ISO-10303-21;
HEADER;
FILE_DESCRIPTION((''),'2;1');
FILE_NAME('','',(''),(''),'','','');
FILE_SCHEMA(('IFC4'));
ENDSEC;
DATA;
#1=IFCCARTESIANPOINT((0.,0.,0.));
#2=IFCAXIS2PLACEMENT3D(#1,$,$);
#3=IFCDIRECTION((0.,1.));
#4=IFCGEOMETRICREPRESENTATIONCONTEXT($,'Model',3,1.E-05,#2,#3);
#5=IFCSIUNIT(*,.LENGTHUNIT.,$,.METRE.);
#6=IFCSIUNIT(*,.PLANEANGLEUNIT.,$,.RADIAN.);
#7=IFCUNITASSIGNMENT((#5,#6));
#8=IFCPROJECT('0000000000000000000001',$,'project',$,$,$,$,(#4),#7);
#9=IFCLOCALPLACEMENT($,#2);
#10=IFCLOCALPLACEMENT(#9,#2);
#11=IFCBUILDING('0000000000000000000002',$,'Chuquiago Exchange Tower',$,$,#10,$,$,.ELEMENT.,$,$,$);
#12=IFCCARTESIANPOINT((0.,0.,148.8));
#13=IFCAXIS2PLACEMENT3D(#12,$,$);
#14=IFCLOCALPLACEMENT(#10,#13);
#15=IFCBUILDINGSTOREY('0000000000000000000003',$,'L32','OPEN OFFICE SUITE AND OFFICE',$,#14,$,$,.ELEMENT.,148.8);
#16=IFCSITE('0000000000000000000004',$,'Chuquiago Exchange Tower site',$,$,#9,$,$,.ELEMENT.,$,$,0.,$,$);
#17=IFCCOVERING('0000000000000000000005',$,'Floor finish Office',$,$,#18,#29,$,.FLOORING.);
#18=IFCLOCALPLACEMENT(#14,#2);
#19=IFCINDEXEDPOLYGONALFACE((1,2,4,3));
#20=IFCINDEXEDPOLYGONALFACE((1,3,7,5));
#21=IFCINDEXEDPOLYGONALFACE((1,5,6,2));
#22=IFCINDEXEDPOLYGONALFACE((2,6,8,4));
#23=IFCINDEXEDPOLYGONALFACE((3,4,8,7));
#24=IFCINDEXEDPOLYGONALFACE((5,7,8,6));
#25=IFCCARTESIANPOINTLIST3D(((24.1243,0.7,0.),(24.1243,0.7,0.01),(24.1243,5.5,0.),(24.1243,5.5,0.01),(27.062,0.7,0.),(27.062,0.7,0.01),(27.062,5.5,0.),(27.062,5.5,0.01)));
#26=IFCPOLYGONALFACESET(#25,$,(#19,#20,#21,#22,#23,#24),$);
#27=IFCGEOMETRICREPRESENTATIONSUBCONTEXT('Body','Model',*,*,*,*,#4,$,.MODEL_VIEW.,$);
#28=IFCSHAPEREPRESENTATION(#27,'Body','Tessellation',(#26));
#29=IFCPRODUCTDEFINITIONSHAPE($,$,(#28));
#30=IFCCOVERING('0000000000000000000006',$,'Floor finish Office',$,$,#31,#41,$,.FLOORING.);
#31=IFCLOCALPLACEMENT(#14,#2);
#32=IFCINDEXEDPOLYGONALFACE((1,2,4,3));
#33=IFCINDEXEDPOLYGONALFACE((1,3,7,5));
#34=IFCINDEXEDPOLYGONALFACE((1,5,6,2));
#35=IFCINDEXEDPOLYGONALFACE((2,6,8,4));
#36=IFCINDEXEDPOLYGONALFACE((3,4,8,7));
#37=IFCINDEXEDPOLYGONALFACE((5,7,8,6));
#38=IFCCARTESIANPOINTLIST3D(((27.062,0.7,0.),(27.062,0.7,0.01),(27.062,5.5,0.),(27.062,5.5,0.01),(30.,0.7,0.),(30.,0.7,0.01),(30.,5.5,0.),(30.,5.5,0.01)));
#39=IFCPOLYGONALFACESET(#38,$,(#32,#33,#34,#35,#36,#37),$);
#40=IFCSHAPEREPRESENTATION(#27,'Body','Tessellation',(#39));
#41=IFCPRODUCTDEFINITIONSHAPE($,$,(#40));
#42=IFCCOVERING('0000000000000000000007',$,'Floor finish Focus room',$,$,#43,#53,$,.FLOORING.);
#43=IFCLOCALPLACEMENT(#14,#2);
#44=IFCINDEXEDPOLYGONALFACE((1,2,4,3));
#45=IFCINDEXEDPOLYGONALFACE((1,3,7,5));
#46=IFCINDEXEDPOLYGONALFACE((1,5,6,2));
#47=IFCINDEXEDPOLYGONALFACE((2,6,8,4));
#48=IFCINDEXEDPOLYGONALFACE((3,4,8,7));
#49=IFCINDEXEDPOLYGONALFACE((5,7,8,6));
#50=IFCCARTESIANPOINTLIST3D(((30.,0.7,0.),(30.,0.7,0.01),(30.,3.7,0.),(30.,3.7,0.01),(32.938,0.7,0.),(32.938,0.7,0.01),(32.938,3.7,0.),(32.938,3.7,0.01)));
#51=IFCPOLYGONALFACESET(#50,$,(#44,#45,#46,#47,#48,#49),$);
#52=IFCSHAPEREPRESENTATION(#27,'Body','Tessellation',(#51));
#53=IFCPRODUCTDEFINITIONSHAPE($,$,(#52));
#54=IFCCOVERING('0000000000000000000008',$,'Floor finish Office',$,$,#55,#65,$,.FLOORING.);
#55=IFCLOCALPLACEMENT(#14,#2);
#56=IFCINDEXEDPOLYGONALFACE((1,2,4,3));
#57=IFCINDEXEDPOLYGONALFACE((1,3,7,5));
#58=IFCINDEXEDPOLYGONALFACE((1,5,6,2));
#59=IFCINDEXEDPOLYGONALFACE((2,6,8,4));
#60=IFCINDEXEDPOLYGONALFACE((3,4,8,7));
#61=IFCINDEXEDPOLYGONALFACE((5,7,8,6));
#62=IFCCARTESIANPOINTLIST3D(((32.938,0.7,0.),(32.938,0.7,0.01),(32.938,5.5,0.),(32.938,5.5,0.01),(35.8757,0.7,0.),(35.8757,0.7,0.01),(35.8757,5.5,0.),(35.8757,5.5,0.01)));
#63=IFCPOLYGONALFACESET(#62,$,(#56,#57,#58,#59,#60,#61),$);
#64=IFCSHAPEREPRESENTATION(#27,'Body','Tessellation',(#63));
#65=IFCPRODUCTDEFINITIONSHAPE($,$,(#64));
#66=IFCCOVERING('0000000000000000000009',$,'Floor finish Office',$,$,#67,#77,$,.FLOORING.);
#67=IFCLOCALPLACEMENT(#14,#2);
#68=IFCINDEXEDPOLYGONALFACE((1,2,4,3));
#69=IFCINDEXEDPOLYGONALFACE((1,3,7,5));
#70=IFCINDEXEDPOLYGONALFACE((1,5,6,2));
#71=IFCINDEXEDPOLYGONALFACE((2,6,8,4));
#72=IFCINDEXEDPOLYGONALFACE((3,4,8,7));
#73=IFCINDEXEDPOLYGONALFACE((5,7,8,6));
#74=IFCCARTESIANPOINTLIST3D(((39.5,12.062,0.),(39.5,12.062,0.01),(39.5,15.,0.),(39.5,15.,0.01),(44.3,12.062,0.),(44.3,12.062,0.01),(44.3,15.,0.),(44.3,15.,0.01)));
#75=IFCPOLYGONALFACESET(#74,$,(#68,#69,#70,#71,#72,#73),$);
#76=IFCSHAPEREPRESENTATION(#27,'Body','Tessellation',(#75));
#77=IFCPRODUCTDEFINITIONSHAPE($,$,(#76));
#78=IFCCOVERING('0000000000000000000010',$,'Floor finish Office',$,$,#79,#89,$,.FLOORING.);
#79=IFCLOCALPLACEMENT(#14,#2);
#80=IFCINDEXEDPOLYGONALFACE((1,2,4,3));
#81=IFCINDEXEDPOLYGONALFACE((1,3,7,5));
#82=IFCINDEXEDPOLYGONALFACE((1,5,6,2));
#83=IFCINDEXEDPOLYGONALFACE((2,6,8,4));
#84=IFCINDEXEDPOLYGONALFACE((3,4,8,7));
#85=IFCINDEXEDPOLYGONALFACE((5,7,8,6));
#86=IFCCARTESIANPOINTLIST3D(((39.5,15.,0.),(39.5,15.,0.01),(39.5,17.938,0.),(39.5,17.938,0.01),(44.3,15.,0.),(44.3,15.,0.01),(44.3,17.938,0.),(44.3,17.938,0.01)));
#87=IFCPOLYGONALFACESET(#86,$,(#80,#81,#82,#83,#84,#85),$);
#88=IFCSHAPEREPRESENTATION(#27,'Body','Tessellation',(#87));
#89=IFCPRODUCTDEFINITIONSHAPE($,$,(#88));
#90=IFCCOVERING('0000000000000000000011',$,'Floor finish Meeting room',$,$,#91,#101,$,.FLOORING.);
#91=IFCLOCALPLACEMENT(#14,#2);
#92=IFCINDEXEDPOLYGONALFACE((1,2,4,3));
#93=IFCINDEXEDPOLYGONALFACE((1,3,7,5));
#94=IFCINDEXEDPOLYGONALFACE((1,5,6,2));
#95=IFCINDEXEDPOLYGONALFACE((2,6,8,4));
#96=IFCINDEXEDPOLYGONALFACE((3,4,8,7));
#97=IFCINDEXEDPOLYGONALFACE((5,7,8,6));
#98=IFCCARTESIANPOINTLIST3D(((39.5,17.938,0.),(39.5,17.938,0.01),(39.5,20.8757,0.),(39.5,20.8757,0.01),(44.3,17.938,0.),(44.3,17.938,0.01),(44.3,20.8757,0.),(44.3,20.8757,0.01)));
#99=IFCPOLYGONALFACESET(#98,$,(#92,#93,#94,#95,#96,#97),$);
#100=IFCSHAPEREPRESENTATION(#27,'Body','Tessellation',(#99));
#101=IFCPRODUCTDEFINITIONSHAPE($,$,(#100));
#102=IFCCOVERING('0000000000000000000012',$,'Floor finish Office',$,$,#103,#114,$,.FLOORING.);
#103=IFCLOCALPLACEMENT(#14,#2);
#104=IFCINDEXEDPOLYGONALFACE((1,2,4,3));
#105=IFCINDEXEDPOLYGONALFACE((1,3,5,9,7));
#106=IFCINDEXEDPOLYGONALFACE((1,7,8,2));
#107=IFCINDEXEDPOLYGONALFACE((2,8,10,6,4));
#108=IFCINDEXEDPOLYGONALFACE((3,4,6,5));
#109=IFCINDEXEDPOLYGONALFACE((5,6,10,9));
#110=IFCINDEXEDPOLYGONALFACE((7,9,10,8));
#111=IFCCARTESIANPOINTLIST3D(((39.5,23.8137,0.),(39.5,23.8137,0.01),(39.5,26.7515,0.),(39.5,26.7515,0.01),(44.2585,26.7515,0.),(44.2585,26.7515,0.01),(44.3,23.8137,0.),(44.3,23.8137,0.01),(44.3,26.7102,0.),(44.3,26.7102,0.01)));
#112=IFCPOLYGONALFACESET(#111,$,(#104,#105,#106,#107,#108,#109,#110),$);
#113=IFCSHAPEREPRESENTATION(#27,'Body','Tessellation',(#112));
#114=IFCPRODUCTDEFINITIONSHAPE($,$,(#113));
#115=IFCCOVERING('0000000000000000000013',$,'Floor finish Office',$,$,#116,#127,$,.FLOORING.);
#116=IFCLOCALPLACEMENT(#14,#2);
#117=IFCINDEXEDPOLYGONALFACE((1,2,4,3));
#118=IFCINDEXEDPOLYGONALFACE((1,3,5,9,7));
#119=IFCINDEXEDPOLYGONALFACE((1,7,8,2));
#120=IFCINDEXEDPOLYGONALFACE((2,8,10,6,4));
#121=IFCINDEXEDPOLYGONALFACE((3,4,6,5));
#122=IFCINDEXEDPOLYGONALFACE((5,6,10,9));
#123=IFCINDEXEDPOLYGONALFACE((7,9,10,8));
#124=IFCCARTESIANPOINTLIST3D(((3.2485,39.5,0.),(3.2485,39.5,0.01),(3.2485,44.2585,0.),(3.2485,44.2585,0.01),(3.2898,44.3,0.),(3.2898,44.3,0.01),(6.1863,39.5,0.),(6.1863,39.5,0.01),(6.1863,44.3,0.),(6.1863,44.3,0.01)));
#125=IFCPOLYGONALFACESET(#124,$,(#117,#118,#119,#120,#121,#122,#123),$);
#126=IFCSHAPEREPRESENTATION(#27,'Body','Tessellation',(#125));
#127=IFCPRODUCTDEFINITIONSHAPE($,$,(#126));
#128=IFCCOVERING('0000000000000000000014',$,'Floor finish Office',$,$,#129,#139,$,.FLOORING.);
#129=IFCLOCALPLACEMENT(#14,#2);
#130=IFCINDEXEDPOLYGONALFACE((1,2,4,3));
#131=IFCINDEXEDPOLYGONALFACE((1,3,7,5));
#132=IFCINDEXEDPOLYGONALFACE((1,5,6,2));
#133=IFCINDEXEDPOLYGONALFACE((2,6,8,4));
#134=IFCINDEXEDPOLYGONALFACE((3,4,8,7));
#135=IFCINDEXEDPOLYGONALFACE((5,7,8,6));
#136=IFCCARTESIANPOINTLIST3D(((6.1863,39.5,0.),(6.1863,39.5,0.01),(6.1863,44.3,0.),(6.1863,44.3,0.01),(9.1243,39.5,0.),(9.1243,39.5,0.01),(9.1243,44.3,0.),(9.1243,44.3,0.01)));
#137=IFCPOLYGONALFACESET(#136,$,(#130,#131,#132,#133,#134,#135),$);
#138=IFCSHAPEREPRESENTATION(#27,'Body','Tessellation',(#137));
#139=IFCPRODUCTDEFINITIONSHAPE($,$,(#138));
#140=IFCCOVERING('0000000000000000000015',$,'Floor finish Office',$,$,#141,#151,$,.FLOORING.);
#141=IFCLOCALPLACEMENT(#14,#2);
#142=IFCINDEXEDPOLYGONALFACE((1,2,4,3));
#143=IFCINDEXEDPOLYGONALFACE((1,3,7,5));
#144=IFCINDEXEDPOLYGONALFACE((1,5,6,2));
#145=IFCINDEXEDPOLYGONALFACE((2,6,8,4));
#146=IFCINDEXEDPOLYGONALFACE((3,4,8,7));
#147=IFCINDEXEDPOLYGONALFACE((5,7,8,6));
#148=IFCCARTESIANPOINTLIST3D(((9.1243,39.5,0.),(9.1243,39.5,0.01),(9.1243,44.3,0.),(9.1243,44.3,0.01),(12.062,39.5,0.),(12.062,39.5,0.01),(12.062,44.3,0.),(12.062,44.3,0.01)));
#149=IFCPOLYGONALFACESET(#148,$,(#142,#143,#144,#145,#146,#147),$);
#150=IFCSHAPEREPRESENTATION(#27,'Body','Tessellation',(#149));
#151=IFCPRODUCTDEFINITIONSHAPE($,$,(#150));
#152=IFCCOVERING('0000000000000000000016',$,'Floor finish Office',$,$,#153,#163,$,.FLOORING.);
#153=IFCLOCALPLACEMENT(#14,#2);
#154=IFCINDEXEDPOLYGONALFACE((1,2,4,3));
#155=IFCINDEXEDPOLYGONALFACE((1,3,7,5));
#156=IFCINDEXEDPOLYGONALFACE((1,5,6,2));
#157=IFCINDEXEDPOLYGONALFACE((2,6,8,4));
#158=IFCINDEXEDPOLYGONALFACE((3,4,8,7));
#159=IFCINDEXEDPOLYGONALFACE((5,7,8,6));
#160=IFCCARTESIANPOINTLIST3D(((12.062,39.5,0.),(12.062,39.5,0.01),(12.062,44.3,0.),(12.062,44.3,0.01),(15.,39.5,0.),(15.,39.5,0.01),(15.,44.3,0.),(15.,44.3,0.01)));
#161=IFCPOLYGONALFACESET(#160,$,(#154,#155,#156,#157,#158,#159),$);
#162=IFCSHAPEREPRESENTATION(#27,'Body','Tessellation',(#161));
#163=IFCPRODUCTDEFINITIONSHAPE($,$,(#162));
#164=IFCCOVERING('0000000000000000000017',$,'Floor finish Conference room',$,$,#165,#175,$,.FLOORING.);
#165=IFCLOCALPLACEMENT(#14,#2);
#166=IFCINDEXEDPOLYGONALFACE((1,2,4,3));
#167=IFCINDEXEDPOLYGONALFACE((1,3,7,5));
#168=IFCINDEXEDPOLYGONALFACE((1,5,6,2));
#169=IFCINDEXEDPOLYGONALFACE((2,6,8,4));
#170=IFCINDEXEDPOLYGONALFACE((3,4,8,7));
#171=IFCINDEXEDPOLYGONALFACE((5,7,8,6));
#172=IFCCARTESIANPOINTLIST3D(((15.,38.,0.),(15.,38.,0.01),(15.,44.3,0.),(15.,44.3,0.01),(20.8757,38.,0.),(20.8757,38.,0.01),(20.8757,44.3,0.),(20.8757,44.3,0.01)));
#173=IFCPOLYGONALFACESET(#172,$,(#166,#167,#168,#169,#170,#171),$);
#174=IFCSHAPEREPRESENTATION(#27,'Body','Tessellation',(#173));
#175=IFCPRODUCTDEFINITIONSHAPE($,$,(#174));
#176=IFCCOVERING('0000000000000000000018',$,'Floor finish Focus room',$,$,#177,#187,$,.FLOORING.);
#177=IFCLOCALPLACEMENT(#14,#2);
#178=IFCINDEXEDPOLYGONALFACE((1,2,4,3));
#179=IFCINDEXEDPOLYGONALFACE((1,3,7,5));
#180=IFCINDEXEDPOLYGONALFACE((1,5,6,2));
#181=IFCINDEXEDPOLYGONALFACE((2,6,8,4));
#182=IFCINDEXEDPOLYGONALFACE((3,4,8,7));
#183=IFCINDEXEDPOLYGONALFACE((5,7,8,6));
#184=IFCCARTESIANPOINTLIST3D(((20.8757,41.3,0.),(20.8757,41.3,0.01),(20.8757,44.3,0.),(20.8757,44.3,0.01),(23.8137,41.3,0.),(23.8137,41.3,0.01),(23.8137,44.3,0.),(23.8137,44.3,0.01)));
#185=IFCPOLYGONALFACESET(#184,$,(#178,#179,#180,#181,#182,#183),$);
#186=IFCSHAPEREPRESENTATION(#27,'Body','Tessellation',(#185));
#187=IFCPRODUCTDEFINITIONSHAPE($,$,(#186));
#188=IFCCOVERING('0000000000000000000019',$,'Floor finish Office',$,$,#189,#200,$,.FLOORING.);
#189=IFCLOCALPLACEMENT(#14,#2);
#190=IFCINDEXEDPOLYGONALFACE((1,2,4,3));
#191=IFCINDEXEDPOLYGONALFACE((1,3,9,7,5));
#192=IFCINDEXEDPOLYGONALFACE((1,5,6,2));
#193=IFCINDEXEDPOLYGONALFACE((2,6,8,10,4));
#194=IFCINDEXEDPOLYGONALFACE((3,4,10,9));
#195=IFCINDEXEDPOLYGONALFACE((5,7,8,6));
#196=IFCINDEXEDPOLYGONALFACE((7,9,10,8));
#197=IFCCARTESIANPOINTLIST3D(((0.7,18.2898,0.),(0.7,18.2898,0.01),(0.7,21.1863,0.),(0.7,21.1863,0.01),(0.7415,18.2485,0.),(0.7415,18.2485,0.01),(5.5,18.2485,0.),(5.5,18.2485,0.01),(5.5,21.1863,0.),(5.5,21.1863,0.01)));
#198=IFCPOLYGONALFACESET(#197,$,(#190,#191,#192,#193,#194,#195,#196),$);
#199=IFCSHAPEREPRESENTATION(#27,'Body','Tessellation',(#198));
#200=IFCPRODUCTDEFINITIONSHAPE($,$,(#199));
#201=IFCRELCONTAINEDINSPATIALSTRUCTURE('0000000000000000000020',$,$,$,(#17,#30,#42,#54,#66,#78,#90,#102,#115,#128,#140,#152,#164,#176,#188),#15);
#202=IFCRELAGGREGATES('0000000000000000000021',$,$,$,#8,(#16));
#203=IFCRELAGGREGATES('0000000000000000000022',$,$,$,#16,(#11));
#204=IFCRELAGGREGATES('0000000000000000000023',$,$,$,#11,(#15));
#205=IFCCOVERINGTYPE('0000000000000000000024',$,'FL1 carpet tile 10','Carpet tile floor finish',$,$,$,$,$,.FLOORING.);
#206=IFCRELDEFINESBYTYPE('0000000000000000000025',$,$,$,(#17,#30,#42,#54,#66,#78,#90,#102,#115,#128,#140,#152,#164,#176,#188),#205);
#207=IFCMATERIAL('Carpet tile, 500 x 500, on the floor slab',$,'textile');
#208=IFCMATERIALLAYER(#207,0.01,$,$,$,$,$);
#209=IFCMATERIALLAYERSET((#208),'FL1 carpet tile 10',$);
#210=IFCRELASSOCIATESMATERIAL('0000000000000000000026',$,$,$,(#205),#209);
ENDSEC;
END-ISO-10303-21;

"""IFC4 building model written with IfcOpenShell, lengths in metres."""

from ifc_helpers import new_model, si_unit, direction, frame, origin, place, context, subcontext, project, spatial, polyline, outline, extrude, material, layer, layer_set, type_object, element, save


model = new_model("IFC4")

# Units and contexts
model_context = context("Model", 3, precision=1e-05, world=origin(), true_north=direction((0.0, 1.0)))
body_context = subcontext(model_context, "Body", "Model", "MODEL_VIEW")
ifc_project = project(units=[si_unit("LENGTHUNIT", "METRE"), si_unit("PLANEANGLEUNIT", "RADIAN")], contexts=[model_context])

# Site, building, storey
site_placement = place(None, origin())
site = spatial("IfcSite", under=ifc_project, at=site_placement, Name="Chuquiago Exchange Tower site", CompositionType="ELEMENT", RefElevation=0.0)
building_placement = place(site_placement, origin())
building = spatial("IfcBuilding", under=site, at=building_placement, Name="Chuquiago Exchange Tower", CompositionType="ELEMENT")
storey_placement = place(building_placement, frame((0.0, 0.0, 148.8)))
storey = spatial("IfcBuildingStorey", under=building, at=storey_placement, Name="L32", Description="OPEN OFFICE SUITE AND OFFICE", CompositionType="ELEMENT", Elevation=148.8)

# Coverings
ifc_material_1 = material(Name="Carpet tile, 500 x 500, on the floor slab", Category="textile")
ifc_layer_1 = layer(ifc_material_1, 0.01)
ifc_layer_set_1 = layer_set([ifc_layer_1], Name="FL1 carpet tile 10")
covering_type_1 = type_object("IfcCoveringType", Name="FL1 carpet tile 10", Description="Carpet tile floor finish", PredefinedType="FLOORING", material=ifc_layer_set_1)
covering_1_placement = place(storey_placement, origin())
element("IfcCovering", 1, at=covering_1_placement, inside=storey, type_object=covering_type_1, Name="Floor finish Office", PredefinedType="FLOORING", context=body_context, shape_type="SweptSolid", body=[
    extrude(outline(polyline([(24.1243, 0.7), (24.1243, 5.5), (27.062, 5.5), (27.062, 0.7), (24.1243, 0.7)])), origin(), (0.0, 0.0, 1.0), 0.01),
])
covering_2_placement = place(storey_placement, origin())
element("IfcCovering", 2, at=covering_2_placement, inside=storey, type_object=covering_type_1, Name="Floor finish Office", PredefinedType="FLOORING", context=body_context, shape_type="SweptSolid", body=[
    extrude(outline(polyline([(27.062, 0.7), (27.062, 5.5), (30.0, 5.5), (30.0, 0.7), (27.062, 0.7)])), origin(), (0.0, 0.0, 1.0), 0.01),
])
covering_3_placement = place(storey_placement, origin())
element("IfcCovering", 3, at=covering_3_placement, inside=storey, type_object=covering_type_1, Name="Floor finish Focus room", PredefinedType="FLOORING", context=body_context, shape_type="SweptSolid", body=[
    extrude(outline(polyline([(30.0, 0.7), (30.0, 3.7), (32.938, 3.7), (32.938, 0.7), (30.0, 0.7)])), origin(), (0.0, 0.0, 1.0), 0.01),
])
covering_4_placement = place(storey_placement, origin())
element("IfcCovering", 4, at=covering_4_placement, inside=storey, type_object=covering_type_1, Name="Floor finish Office", PredefinedType="FLOORING", context=body_context, shape_type="SweptSolid", body=[
    extrude(outline(polyline([(32.938, 0.7), (32.938, 5.5), (35.8757, 5.5), (35.8757, 0.7), (32.938, 0.7)])), origin(), (0.0, 0.0, 1.0), 0.01),
])
covering_5_placement = place(storey_placement, origin())
element("IfcCovering", 5, at=covering_5_placement, inside=storey, type_object=covering_type_1, Name="Floor finish Office", PredefinedType="FLOORING", context=body_context, shape_type="SweptSolid", body=[
    extrude(outline(polyline([(44.3, 12.062), (39.5, 12.062), (39.5, 15.0), (44.3, 15.0), (44.3, 12.062)])), origin(), (0.0, 0.0, 1.0), 0.01),
])
covering_6_placement = place(storey_placement, origin())
element("IfcCovering", 6, at=covering_6_placement, inside=storey, type_object=covering_type_1, Name="Floor finish Office", PredefinedType="FLOORING", context=body_context, shape_type="SweptSolid", body=[
    extrude(outline(polyline([(44.3, 15.0), (39.5, 15.0), (39.5, 17.938), (44.3, 17.938), (44.3, 15.0)])), origin(), (0.0, 0.0, 1.0), 0.01),
])
covering_7_placement = place(storey_placement, origin())
element("IfcCovering", 7, at=covering_7_placement, inside=storey, type_object=covering_type_1, Name="Floor finish Meeting room", PredefinedType="FLOORING", context=body_context, shape_type="SweptSolid", body=[
    extrude(outline(polyline([(44.3, 17.938), (39.5, 17.938), (39.5, 20.8757), (44.3, 20.8757), (44.3, 17.938)])), origin(), (0.0, 0.0, 1.0), 0.01),
])
covering_8_placement = place(storey_placement, origin())
element("IfcCovering", 8, at=covering_8_placement, inside=storey, type_object=covering_type_1, Name="Floor finish Office", PredefinedType="FLOORING", context=body_context, shape_type="SweptSolid", body=[
    extrude(outline(polyline([(44.3, 26.7102), (44.3, 23.8137), (39.5, 23.8137), (39.5, 26.7515), (44.2585, 26.7515), (44.3, 26.7102)])), origin(), (0.0, 0.0, 1.0), 0.01),
])
covering_9_placement = place(storey_placement, origin())
element("IfcCovering", 9, at=covering_9_placement, inside=storey, type_object=covering_type_1, Name="Floor finish Office", PredefinedType="FLOORING", context=body_context, shape_type="SweptSolid", body=[
    extrude(outline(polyline([(3.2898, 44.3), (6.1863, 44.3), (6.1863, 39.5), (3.2485, 39.5), (3.2485, 44.2585), (3.2898, 44.3)])), origin(), (0.0, 0.0, 1.0), 0.01),
])
covering_10_placement = place(storey_placement, origin())
element("IfcCovering", 10, at=covering_10_placement, inside=storey, type_object=covering_type_1, Name="Floor finish Office", PredefinedType="FLOORING", context=body_context, shape_type="SweptSolid", body=[
    extrude(outline(polyline([(9.1243, 44.3), (9.1243, 39.5), (6.1863, 39.5), (6.1863, 44.3), (9.1243, 44.3)])), origin(), (0.0, 0.0, 1.0), 0.01),
])
covering_11_placement = place(storey_placement, origin())
element("IfcCovering", 11, at=covering_11_placement, inside=storey, type_object=covering_type_1, Name="Floor finish Office", PredefinedType="FLOORING", context=body_context, shape_type="SweptSolid", body=[
    extrude(outline(polyline([(12.062, 44.3), (12.062, 39.5), (9.1243, 39.5), (9.1243, 44.3), (12.062, 44.3)])), origin(), (0.0, 0.0, 1.0), 0.01),
])
covering_12_placement = place(storey_placement, origin())
element("IfcCovering", 12, at=covering_12_placement, inside=storey, type_object=covering_type_1, Name="Floor finish Office", PredefinedType="FLOORING", context=body_context, shape_type="SweptSolid", body=[
    extrude(outline(polyline([(15.0, 44.3), (15.0, 39.5), (12.062, 39.5), (12.062, 44.3), (15.0, 44.3)])), origin(), (0.0, 0.0, 1.0), 0.01),
])
covering_13_placement = place(storey_placement, origin())
element("IfcCovering", 13, at=covering_13_placement, inside=storey, type_object=covering_type_1, Name="Floor finish Conference room", PredefinedType="FLOORING", context=body_context, shape_type="SweptSolid", body=[
    extrude(outline(polyline([(20.8757, 44.3), (20.8757, 38.0), (15.0, 38.0), (15.0, 44.3), (20.8757, 44.3)])), origin(), (0.0, 0.0, 1.0), 0.01),
])
covering_14_placement = place(storey_placement, origin())
element("IfcCovering", 14, at=covering_14_placement, inside=storey, type_object=covering_type_1, Name="Floor finish Focus room", PredefinedType="FLOORING", context=body_context, shape_type="SweptSolid", body=[
    extrude(outline(polyline([(23.8137, 44.3), (23.8137, 41.3), (20.8757, 41.3), (20.8757, 44.3), (23.8137, 44.3)])), origin(), (0.0, 0.0, 1.0), 0.01),
])
covering_15_placement = place(storey_placement, origin())
element("IfcCovering", 15, at=covering_15_placement, inside=storey, type_object=covering_type_1, Name="Floor finish Office", PredefinedType="FLOORING", context=body_context, shape_type="SweptSolid", body=[
    extrude(outline(polyline([(0.7, 21.1863), (5.5, 21.1863), (5.5, 18.2485), (0.7415, 18.2485), (0.7, 18.2898), (0.7, 21.1863)])), origin(), (0.0, 0.0, 1.0), 0.01),
])

save(model, "model.ifc")
